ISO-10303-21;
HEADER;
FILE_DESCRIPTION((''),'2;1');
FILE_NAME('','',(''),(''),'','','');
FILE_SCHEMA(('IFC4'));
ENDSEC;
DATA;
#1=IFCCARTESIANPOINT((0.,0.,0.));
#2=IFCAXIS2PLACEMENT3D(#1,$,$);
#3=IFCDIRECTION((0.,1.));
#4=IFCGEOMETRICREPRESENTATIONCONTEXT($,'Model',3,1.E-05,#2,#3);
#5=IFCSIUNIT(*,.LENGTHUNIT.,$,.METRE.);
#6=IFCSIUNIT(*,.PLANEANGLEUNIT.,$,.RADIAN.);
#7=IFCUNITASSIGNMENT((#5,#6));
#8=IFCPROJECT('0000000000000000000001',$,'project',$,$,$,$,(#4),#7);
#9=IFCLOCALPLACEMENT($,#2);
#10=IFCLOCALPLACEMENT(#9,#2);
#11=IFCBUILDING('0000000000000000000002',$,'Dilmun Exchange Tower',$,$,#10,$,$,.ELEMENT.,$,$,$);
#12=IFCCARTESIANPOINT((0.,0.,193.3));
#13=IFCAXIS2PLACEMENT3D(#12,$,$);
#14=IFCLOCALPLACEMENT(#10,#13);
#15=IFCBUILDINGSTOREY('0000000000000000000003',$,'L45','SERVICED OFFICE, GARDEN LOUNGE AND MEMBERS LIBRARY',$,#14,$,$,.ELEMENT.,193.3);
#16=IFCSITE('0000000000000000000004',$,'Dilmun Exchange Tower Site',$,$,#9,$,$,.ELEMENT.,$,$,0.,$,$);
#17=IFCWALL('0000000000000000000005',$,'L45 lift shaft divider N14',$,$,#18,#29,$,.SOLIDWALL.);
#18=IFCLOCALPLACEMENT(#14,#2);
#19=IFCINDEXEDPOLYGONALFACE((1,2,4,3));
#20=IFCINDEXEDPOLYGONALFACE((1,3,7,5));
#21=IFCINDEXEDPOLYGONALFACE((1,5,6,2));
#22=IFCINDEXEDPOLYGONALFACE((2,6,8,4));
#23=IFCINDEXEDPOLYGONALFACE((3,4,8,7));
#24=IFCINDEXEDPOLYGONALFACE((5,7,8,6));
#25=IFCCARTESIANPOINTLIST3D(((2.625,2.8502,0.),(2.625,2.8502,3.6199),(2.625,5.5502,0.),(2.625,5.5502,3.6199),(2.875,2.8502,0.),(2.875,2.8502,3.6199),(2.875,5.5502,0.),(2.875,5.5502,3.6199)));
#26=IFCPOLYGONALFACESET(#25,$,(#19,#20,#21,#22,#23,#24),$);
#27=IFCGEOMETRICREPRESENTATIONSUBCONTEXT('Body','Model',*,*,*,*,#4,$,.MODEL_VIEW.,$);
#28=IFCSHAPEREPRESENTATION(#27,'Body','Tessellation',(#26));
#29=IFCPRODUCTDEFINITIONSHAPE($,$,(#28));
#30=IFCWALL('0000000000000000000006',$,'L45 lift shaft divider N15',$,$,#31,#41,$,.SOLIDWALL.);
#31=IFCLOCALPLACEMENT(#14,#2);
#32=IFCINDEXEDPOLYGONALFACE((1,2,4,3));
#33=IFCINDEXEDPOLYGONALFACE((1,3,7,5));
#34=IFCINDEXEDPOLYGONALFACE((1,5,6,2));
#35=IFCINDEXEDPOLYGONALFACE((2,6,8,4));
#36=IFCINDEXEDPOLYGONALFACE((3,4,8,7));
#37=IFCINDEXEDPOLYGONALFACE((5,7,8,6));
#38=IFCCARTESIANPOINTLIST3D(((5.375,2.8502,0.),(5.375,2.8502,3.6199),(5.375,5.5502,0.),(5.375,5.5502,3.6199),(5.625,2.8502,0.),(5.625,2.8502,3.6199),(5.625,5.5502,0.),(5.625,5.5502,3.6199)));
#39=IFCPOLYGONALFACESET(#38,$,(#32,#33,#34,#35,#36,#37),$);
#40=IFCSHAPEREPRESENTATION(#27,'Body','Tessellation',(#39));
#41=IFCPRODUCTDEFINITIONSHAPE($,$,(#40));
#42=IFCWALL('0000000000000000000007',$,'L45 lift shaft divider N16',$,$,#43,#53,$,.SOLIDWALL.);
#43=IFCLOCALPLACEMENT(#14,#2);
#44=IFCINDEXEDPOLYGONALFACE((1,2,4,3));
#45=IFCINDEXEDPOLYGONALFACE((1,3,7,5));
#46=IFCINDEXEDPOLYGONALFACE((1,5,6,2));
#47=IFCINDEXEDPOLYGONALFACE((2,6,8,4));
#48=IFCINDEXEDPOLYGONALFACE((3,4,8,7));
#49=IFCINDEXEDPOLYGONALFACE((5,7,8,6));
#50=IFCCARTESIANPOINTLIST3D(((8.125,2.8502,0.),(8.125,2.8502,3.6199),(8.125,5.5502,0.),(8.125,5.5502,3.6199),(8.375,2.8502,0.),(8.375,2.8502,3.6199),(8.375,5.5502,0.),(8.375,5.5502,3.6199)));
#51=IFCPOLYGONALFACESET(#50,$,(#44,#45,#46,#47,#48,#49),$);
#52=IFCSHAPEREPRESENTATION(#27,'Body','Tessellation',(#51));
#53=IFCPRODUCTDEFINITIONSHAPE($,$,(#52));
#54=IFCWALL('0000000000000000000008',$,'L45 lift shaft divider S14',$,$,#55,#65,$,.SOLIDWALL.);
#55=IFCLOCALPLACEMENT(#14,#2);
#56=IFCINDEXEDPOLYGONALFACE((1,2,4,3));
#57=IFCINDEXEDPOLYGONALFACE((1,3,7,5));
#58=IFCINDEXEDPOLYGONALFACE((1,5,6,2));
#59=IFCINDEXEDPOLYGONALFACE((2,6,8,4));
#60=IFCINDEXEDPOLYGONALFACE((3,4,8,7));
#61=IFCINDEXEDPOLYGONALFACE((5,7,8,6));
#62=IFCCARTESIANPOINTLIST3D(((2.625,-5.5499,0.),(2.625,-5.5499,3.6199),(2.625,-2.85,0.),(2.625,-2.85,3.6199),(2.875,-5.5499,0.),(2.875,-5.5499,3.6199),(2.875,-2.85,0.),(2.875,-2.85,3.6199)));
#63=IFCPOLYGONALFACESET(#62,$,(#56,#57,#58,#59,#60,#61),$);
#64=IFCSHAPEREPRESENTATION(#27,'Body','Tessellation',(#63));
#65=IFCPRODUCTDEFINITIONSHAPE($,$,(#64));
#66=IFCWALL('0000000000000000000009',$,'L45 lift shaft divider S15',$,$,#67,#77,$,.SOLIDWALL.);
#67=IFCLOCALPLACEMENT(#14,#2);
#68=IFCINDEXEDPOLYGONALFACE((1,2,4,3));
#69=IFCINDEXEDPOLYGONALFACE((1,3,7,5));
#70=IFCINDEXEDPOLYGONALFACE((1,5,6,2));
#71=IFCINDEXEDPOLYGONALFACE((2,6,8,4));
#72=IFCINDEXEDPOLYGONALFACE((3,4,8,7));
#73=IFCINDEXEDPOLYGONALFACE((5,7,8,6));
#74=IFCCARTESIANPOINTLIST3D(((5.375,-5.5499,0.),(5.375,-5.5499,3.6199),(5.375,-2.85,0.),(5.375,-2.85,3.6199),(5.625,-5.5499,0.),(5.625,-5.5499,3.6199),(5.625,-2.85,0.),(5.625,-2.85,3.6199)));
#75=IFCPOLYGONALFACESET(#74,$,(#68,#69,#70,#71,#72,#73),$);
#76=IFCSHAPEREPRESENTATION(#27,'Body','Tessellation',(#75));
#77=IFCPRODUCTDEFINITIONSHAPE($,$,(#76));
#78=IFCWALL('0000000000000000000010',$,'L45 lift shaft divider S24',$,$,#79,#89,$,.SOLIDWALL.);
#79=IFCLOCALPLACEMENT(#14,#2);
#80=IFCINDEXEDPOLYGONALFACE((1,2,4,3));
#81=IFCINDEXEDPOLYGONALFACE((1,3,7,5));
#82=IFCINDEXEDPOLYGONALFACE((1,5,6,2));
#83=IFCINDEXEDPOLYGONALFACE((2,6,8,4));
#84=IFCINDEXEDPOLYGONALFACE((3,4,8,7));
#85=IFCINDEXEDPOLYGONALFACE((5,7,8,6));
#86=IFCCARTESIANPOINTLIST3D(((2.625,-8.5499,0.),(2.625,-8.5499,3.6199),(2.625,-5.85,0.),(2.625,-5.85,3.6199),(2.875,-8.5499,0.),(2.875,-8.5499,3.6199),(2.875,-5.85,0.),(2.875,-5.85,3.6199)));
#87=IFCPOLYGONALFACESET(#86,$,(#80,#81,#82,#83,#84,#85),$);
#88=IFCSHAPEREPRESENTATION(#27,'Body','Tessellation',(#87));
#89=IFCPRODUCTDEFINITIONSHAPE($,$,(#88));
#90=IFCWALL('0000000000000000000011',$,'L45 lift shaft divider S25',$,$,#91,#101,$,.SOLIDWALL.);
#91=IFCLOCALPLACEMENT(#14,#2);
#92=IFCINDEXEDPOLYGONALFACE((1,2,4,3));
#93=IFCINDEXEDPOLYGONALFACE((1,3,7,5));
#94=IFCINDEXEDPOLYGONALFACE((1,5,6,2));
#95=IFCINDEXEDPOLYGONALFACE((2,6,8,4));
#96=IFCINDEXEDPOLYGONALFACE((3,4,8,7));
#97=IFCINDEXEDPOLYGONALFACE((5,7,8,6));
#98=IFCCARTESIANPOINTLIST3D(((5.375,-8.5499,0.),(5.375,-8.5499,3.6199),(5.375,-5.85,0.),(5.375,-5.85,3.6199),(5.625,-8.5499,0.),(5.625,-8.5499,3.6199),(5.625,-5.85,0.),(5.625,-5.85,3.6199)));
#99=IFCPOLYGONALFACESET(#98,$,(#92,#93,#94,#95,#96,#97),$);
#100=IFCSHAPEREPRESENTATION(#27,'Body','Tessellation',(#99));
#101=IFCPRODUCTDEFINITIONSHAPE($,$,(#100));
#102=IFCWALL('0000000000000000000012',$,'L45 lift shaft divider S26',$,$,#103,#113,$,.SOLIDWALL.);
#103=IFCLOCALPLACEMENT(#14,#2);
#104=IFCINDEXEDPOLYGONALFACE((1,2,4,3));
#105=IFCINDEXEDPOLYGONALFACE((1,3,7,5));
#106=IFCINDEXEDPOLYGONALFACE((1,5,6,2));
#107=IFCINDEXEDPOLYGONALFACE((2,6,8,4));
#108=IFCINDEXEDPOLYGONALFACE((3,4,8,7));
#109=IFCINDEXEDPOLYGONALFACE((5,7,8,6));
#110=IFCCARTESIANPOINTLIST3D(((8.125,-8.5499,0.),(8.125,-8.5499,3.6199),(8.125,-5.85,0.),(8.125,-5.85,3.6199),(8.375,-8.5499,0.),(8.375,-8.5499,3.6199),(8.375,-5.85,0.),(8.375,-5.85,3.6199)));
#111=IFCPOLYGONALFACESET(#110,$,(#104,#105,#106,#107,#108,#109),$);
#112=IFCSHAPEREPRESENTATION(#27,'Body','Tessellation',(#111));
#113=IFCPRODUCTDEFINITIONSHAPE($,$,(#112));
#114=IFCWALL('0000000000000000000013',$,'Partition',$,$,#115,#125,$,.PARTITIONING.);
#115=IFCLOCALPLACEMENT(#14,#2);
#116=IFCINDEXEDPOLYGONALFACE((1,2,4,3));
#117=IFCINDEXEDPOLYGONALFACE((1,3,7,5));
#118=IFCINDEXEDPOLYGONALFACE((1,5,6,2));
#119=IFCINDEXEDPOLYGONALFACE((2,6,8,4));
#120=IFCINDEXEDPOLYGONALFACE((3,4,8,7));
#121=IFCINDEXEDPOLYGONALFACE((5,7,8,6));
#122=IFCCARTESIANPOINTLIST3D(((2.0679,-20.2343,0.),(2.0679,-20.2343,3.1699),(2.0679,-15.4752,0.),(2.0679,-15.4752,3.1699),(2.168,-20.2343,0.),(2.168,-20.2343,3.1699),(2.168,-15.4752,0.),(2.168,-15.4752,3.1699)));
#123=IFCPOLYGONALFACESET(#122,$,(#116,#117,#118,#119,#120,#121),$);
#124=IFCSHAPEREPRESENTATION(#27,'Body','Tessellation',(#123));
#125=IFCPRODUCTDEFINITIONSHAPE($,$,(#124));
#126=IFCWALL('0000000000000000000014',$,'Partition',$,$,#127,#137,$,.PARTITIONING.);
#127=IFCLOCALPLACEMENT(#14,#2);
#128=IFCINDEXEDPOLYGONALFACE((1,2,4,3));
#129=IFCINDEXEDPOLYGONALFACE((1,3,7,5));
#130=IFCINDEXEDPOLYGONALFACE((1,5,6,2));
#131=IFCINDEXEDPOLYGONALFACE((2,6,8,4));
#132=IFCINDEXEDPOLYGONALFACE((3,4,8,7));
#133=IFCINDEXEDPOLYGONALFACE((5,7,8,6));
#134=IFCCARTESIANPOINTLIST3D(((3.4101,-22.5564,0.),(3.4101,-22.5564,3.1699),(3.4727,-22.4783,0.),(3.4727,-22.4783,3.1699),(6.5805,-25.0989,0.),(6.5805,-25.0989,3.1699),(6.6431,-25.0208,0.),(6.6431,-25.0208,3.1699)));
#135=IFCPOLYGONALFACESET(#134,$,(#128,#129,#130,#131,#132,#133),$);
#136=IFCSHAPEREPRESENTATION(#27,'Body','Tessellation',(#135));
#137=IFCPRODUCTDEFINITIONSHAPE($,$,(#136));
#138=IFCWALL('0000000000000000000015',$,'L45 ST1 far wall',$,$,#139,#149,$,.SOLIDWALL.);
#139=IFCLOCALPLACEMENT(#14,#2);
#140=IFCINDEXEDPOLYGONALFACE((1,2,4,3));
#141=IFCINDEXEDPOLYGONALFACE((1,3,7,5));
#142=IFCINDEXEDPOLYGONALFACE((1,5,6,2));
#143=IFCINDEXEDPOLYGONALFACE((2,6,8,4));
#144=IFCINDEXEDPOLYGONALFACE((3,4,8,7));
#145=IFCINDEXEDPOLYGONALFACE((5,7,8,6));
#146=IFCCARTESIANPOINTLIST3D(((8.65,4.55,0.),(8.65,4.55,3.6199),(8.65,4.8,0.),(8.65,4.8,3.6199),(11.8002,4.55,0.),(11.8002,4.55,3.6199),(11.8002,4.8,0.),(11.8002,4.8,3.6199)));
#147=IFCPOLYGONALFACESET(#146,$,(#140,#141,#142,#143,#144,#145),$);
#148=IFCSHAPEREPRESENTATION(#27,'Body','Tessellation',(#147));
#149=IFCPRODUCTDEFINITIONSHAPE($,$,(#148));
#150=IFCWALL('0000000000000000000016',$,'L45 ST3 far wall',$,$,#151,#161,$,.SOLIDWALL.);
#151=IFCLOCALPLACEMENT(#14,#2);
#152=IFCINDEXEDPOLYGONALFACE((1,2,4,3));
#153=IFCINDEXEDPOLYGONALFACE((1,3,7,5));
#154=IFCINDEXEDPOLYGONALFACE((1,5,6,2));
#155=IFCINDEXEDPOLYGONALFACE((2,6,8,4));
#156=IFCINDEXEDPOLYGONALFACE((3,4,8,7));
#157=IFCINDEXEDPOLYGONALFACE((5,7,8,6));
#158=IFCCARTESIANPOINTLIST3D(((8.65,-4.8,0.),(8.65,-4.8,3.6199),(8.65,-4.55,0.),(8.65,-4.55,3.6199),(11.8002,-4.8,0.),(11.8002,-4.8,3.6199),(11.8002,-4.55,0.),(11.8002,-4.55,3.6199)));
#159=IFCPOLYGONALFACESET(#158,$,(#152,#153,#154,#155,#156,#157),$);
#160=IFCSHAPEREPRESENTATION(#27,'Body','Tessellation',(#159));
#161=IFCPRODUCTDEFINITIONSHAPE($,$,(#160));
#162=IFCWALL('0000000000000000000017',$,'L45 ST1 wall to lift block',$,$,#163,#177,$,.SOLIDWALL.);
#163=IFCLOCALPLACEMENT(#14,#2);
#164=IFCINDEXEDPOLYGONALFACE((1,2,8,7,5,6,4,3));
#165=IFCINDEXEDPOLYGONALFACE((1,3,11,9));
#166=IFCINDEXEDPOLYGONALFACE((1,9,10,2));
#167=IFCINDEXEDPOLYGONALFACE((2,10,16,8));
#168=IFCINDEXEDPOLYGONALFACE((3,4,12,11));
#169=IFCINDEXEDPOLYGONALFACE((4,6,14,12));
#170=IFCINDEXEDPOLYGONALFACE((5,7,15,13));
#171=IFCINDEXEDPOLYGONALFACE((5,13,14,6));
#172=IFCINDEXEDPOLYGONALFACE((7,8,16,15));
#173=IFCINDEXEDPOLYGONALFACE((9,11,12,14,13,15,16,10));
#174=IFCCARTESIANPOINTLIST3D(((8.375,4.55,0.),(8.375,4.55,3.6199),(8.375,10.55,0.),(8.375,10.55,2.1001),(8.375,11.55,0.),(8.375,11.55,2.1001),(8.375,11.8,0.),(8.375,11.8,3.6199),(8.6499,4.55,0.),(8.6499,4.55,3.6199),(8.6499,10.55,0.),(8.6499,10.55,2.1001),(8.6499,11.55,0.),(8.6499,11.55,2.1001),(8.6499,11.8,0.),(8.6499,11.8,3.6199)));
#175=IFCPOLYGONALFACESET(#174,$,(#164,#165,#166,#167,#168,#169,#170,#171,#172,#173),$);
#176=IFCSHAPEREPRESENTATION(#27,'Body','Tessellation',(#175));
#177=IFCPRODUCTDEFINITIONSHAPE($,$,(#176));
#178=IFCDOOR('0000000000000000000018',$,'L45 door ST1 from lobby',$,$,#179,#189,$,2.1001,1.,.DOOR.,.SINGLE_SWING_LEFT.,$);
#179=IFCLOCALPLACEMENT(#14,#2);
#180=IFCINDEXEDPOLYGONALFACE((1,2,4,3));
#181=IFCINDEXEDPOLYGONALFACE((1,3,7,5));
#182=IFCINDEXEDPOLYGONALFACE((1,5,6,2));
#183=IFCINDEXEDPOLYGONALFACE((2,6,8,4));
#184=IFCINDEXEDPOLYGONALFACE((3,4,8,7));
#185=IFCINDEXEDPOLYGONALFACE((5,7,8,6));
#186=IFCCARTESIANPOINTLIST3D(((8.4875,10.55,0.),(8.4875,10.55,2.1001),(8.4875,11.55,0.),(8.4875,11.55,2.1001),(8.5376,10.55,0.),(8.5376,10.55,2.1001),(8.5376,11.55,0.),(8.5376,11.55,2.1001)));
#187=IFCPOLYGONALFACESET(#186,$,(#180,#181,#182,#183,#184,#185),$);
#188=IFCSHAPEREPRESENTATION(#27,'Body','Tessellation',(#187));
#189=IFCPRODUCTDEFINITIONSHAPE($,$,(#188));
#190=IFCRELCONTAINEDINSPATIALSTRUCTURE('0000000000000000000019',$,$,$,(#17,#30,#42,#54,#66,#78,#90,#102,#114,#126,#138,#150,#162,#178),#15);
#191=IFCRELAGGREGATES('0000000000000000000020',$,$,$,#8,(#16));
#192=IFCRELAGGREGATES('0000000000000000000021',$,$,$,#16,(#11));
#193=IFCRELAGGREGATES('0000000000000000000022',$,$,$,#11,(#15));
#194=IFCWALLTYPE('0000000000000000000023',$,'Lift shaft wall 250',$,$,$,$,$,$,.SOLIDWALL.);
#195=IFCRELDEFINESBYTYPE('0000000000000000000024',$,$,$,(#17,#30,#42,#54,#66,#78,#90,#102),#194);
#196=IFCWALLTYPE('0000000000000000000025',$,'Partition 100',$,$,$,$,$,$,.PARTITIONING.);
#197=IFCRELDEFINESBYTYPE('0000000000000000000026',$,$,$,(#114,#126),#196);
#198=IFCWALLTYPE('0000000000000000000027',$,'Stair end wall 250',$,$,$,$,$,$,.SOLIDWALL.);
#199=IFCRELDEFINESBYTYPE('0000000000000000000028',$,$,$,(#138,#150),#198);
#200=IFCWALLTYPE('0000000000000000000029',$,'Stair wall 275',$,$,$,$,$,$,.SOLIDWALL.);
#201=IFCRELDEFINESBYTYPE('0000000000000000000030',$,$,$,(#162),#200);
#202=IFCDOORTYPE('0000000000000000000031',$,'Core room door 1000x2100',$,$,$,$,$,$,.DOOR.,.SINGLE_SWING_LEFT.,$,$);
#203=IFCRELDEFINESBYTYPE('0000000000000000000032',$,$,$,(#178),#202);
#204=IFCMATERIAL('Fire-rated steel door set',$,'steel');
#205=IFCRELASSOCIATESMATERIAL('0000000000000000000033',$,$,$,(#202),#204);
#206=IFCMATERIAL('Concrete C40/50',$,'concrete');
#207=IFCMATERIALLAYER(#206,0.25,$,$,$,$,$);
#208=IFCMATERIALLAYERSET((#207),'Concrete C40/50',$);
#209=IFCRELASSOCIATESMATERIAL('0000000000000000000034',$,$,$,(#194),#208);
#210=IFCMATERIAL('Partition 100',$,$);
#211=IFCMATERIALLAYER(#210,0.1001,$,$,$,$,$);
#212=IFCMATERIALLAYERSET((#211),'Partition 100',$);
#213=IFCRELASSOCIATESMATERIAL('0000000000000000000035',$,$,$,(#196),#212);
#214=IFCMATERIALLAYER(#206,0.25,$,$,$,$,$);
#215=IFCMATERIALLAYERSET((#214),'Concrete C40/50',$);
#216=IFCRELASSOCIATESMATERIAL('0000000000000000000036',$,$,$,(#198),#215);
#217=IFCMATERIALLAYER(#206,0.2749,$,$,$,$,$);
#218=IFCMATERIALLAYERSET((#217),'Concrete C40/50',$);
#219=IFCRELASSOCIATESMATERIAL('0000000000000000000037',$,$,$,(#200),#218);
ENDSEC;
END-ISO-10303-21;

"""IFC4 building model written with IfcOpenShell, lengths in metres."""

from ifc_helpers import new_model, si_unit, direction, frame, frame_2d, origin, place, context, subcontext, project, spatial, rectangle, extrude, material, layer, layer_set, type_object, element, fill, save


model = new_model("IFC4")

# Units and contexts
model_context = context("Model", 3, precision=1e-05, world=origin(), true_north=direction((0.0, 1.0)))
body_context = subcontext(model_context, "Body", "Model", "MODEL_VIEW")
ifc_project = project(units=[si_unit("LENGTHUNIT", "METRE"), si_unit("PLANEANGLEUNIT", "RADIAN")], contexts=[model_context])

# Site, building, storey
site_placement = place(None, origin())
site = spatial("IfcSite", under=ifc_project, at=site_placement, Name="Dilmun Exchange Tower Site", CompositionType="ELEMENT", RefElevation=0.0)
building_placement = place(site_placement, origin())
building = spatial("IfcBuilding", under=site, at=building_placement, Name="Dilmun Exchange Tower", CompositionType="ELEMENT")
storey_placement = place(building_placement, frame((0.0, 0.0, 193.3)))
storey = spatial("IfcBuildingStorey", under=building, at=storey_placement, Name="L45", Description="SERVICED OFFICE, GARDEN LOUNGE AND MEMBERS LIBRARY", CompositionType="ELEMENT", Elevation=193.3)

# Shared definitions
ifc_material_1 = material(Name="Concrete C40/50", Category="concrete")

# Shared definitions
ifc_material_2 = material(Name="Fire-rated steel door set", Category="steel")
door_type_1 = type_object("IfcDoorType", Name="Core room door 1000x2100", OperationType="SINGLE_SWING_LEFT", PredefinedType="DOOR", material=ifc_material_2)

# Walls
ifc_layer_1 = layer(ifc_material_1, 0.25)
ifc_layer_set_1 = layer_set([ifc_layer_1], Name="Concrete C40/50")
wall_type_1 = type_object("IfcWallType", Name="Lift shaft wall 250", PredefinedType="SOLIDWALL", material=ifc_layer_set_1)
for number, where, z_axis, x_axis, name in (
    (1, (2.75, 2.8501, 0.0), (0.0, 0.0, 1.0), (0.0, 1.0, 0.0), "L45 lift shaft divider N14"),
    (2, (5.5, 2.8501, 0.0), (0.0, 0.0, 1.0), (0.0, 1.0, 0.0), "L45 lift shaft divider N15"),
    (3, (8.25, 2.8501, 0.0), (0.0, 0.0, 1.0), (0.0, 1.0, 0.0), "L45 lift shaft divider N16"),
    (4, (2.75, -5.55, 0.0), (0.0, 0.0, 1.0), (0.0, 1.0, 0.0), "L45 lift shaft divider S14"),
    (5, (5.5, -5.55, 0.0), (0.0, 0.0, 1.0), (0.0, 1.0, 0.0), "L45 lift shaft divider S15"),
    (6, (2.75, -8.55, 0.0), (0.0, 0.0, 1.0), (0.0, 1.0, 0.0), "L45 lift shaft divider S24"),
    (7, (5.5, -8.55, 0.0), (0.0, 0.0, 1.0), (0.0, 1.0, 0.0), "L45 lift shaft divider S25"),
    (8, (8.25, -8.55, 0.0), (0.0, 0.0, 1.0), (0.0, 1.0, 0.0), "L45 lift shaft divider S26"),
):
    element("IfcWall", number, at=place(storey_placement, frame(where, z_axis=z_axis, x_axis=x_axis)), inside=storey, type_object=wall_type_1, Name=name, PredefinedType="SOLIDWALL", context=body_context, shape_type="SweptSolid", body=[
        extrude(rectangle(XDim=2.7, YDim=0.25, at=frame_2d((1.3501, 0.0))), origin(), (0.0, 0.0, 1.0), 3.6199),
    ])
ifc_material_3 = material(Name="Partition 100")
ifc_layer_2 = layer(ifc_material_3, 0.1001)
ifc_layer_set_2 = layer_set([ifc_layer_2], Name="Partition 100")
wall_type_2 = type_object("IfcWallType", Name="Partition 100", PredefinedType="PARTITIONING", material=ifc_layer_set_2)
wall_1_placement = place(storey_placement, frame((2.1179, -20.2341, 0.0), z_axis=(0.0, 0.0, 1.0), x_axis=(0.0, 1.0, 0.0)))
element("IfcWall", 9, at=wall_1_placement, inside=storey, type_object=wall_type_2, Name="Partition", PredefinedType="PARTITIONING", context=body_context, shape_type="SweptSolid", body=[
    extrude(rectangle(XDim=4.759, YDim=0.1001, at=frame_2d((2.3794, 0.0))), origin(), (0.0, 0.0, 1.0), 3.1699),
])
wall_2_placement = place(storey_placement, frame((3.4414, -22.5173, 0.0), z_axis=(0.0, 0.0, 1.0), x_axis=(0.78013, -0.625618, 0.0)))
element("IfcWall", 10, at=wall_2_placement, inside=storey, type_object=wall_type_2, Name="Partition", PredefinedType="PARTITIONING", context=body_context, shape_type="SweptSolid", body=[
    extrude(rectangle(XDim=4.064, YDim=0.1001, at=frame_2d((2.032, 0.0))), origin(), (0.0, 0.0, 1.0), 3.1699),
])
ifc_layer_3 = layer(ifc_material_1, 0.25)
ifc_layer_set_3 = layer_set([ifc_layer_3], Name="Concrete C40/50")
wall_type_3 = type_object("IfcWallType", Name="Stair end wall 250", PredefinedType="SOLIDWALL", material=ifc_layer_set_3)
for number, where, z_axis, x_axis, name in (
    (11, (8.6499, 4.675, 0.0), (0.0, 0.0, 1.0), (1.0, 0.0, 0.0), "L45 ST1 far wall"),
    (12, (8.6499, -4.675, 0.0), (0.0, 0.0, 1.0), (1.0, 0.0, 0.0), "L45 ST3 far wall"),
):
    element("IfcWall", number, at=place(storey_placement, frame(where, z_axis=z_axis, x_axis=x_axis)), inside=storey, type_object=wall_type_3, Name=name, PredefinedType="SOLIDWALL", context=body_context, shape_type="SweptSolid", body=[
        extrude(rectangle(XDim=3.1501, YDim=0.25, at=frame_2d((1.5752, 0.0))), origin(), (0.0, 0.0, 1.0), 3.6199),
    ])

# Wall, opening, door
ifc_layer_4 = layer(ifc_material_1, 0.2749)
ifc_layer_set_4 = layer_set([ifc_layer_4], Name="Concrete C40/50")
wall_type_4 = type_object("IfcWallType", Name="Stair wall 275", PredefinedType="SOLIDWALL", material=ifc_layer_set_4)
wall_3_placement = place(storey_placement, frame((8.5125, 4.55, 0.0), z_axis=(0.0, 0.0, 1.0), x_axis=(0.0, 1.0, 0.0)))
wall_3 = element("IfcWall", 13, at=wall_3_placement, inside=storey, type_object=wall_type_4, Name="L45 ST1 wall to lift block", PredefinedType="SOLIDWALL", context=body_context, shape_type="SweptSolid", body=[
    extrude(rectangle(XDim=7.25, YDim=0.2749, at=frame_2d((3.625, 0.0))), origin(), (0.0, 0.0, 1.0), 3.6199),
])
opening_1_placement = place(wall_3_placement, frame((6.0, 0.0, 0.0)))
opening_1 = element("IfcOpeningElement", 14, at=opening_1_placement, cuts=wall_3, PredefinedType="OPENING", context=body_context, shape_type="SweptSolid", body=[
    extrude(rectangle(XDim=1.0, YDim=2.1001, at=frame_2d((0.5, 1.05))), frame((0.0, 0.1475, 0.0), z_axis=(0.0, -1.0, 0.0), x_axis=(1.0, 0.0, 0.0)), (0.0, 0.0, 1.0), 0.2949),
])
door_1_placement = place(opening_1_placement, origin())
door_1 = element("IfcDoor", 15, at=door_1_placement, inside=storey, type_object=door_type_1, Name="L45 door ST1 from lobby", OperationType="SINGLE_SWING_LEFT", OverallHeight=2.1001, OverallWidth=1.0, PredefinedType="DOOR", context=body_context, shape_type="SweptSolid", body=[
    extrude(rectangle(XDim=1.0, YDim=2.1001, at=frame_2d((0.5, 1.05))), frame((0.0, 0.0249, 0.0), z_axis=(0.0, -1.0, 0.0), x_axis=(1.0, 0.0, 0.0)), (0.0, 0.0, 1.0), 0.05),
])
fill(opening_1, door_1)

save(model, "model.ifc")
